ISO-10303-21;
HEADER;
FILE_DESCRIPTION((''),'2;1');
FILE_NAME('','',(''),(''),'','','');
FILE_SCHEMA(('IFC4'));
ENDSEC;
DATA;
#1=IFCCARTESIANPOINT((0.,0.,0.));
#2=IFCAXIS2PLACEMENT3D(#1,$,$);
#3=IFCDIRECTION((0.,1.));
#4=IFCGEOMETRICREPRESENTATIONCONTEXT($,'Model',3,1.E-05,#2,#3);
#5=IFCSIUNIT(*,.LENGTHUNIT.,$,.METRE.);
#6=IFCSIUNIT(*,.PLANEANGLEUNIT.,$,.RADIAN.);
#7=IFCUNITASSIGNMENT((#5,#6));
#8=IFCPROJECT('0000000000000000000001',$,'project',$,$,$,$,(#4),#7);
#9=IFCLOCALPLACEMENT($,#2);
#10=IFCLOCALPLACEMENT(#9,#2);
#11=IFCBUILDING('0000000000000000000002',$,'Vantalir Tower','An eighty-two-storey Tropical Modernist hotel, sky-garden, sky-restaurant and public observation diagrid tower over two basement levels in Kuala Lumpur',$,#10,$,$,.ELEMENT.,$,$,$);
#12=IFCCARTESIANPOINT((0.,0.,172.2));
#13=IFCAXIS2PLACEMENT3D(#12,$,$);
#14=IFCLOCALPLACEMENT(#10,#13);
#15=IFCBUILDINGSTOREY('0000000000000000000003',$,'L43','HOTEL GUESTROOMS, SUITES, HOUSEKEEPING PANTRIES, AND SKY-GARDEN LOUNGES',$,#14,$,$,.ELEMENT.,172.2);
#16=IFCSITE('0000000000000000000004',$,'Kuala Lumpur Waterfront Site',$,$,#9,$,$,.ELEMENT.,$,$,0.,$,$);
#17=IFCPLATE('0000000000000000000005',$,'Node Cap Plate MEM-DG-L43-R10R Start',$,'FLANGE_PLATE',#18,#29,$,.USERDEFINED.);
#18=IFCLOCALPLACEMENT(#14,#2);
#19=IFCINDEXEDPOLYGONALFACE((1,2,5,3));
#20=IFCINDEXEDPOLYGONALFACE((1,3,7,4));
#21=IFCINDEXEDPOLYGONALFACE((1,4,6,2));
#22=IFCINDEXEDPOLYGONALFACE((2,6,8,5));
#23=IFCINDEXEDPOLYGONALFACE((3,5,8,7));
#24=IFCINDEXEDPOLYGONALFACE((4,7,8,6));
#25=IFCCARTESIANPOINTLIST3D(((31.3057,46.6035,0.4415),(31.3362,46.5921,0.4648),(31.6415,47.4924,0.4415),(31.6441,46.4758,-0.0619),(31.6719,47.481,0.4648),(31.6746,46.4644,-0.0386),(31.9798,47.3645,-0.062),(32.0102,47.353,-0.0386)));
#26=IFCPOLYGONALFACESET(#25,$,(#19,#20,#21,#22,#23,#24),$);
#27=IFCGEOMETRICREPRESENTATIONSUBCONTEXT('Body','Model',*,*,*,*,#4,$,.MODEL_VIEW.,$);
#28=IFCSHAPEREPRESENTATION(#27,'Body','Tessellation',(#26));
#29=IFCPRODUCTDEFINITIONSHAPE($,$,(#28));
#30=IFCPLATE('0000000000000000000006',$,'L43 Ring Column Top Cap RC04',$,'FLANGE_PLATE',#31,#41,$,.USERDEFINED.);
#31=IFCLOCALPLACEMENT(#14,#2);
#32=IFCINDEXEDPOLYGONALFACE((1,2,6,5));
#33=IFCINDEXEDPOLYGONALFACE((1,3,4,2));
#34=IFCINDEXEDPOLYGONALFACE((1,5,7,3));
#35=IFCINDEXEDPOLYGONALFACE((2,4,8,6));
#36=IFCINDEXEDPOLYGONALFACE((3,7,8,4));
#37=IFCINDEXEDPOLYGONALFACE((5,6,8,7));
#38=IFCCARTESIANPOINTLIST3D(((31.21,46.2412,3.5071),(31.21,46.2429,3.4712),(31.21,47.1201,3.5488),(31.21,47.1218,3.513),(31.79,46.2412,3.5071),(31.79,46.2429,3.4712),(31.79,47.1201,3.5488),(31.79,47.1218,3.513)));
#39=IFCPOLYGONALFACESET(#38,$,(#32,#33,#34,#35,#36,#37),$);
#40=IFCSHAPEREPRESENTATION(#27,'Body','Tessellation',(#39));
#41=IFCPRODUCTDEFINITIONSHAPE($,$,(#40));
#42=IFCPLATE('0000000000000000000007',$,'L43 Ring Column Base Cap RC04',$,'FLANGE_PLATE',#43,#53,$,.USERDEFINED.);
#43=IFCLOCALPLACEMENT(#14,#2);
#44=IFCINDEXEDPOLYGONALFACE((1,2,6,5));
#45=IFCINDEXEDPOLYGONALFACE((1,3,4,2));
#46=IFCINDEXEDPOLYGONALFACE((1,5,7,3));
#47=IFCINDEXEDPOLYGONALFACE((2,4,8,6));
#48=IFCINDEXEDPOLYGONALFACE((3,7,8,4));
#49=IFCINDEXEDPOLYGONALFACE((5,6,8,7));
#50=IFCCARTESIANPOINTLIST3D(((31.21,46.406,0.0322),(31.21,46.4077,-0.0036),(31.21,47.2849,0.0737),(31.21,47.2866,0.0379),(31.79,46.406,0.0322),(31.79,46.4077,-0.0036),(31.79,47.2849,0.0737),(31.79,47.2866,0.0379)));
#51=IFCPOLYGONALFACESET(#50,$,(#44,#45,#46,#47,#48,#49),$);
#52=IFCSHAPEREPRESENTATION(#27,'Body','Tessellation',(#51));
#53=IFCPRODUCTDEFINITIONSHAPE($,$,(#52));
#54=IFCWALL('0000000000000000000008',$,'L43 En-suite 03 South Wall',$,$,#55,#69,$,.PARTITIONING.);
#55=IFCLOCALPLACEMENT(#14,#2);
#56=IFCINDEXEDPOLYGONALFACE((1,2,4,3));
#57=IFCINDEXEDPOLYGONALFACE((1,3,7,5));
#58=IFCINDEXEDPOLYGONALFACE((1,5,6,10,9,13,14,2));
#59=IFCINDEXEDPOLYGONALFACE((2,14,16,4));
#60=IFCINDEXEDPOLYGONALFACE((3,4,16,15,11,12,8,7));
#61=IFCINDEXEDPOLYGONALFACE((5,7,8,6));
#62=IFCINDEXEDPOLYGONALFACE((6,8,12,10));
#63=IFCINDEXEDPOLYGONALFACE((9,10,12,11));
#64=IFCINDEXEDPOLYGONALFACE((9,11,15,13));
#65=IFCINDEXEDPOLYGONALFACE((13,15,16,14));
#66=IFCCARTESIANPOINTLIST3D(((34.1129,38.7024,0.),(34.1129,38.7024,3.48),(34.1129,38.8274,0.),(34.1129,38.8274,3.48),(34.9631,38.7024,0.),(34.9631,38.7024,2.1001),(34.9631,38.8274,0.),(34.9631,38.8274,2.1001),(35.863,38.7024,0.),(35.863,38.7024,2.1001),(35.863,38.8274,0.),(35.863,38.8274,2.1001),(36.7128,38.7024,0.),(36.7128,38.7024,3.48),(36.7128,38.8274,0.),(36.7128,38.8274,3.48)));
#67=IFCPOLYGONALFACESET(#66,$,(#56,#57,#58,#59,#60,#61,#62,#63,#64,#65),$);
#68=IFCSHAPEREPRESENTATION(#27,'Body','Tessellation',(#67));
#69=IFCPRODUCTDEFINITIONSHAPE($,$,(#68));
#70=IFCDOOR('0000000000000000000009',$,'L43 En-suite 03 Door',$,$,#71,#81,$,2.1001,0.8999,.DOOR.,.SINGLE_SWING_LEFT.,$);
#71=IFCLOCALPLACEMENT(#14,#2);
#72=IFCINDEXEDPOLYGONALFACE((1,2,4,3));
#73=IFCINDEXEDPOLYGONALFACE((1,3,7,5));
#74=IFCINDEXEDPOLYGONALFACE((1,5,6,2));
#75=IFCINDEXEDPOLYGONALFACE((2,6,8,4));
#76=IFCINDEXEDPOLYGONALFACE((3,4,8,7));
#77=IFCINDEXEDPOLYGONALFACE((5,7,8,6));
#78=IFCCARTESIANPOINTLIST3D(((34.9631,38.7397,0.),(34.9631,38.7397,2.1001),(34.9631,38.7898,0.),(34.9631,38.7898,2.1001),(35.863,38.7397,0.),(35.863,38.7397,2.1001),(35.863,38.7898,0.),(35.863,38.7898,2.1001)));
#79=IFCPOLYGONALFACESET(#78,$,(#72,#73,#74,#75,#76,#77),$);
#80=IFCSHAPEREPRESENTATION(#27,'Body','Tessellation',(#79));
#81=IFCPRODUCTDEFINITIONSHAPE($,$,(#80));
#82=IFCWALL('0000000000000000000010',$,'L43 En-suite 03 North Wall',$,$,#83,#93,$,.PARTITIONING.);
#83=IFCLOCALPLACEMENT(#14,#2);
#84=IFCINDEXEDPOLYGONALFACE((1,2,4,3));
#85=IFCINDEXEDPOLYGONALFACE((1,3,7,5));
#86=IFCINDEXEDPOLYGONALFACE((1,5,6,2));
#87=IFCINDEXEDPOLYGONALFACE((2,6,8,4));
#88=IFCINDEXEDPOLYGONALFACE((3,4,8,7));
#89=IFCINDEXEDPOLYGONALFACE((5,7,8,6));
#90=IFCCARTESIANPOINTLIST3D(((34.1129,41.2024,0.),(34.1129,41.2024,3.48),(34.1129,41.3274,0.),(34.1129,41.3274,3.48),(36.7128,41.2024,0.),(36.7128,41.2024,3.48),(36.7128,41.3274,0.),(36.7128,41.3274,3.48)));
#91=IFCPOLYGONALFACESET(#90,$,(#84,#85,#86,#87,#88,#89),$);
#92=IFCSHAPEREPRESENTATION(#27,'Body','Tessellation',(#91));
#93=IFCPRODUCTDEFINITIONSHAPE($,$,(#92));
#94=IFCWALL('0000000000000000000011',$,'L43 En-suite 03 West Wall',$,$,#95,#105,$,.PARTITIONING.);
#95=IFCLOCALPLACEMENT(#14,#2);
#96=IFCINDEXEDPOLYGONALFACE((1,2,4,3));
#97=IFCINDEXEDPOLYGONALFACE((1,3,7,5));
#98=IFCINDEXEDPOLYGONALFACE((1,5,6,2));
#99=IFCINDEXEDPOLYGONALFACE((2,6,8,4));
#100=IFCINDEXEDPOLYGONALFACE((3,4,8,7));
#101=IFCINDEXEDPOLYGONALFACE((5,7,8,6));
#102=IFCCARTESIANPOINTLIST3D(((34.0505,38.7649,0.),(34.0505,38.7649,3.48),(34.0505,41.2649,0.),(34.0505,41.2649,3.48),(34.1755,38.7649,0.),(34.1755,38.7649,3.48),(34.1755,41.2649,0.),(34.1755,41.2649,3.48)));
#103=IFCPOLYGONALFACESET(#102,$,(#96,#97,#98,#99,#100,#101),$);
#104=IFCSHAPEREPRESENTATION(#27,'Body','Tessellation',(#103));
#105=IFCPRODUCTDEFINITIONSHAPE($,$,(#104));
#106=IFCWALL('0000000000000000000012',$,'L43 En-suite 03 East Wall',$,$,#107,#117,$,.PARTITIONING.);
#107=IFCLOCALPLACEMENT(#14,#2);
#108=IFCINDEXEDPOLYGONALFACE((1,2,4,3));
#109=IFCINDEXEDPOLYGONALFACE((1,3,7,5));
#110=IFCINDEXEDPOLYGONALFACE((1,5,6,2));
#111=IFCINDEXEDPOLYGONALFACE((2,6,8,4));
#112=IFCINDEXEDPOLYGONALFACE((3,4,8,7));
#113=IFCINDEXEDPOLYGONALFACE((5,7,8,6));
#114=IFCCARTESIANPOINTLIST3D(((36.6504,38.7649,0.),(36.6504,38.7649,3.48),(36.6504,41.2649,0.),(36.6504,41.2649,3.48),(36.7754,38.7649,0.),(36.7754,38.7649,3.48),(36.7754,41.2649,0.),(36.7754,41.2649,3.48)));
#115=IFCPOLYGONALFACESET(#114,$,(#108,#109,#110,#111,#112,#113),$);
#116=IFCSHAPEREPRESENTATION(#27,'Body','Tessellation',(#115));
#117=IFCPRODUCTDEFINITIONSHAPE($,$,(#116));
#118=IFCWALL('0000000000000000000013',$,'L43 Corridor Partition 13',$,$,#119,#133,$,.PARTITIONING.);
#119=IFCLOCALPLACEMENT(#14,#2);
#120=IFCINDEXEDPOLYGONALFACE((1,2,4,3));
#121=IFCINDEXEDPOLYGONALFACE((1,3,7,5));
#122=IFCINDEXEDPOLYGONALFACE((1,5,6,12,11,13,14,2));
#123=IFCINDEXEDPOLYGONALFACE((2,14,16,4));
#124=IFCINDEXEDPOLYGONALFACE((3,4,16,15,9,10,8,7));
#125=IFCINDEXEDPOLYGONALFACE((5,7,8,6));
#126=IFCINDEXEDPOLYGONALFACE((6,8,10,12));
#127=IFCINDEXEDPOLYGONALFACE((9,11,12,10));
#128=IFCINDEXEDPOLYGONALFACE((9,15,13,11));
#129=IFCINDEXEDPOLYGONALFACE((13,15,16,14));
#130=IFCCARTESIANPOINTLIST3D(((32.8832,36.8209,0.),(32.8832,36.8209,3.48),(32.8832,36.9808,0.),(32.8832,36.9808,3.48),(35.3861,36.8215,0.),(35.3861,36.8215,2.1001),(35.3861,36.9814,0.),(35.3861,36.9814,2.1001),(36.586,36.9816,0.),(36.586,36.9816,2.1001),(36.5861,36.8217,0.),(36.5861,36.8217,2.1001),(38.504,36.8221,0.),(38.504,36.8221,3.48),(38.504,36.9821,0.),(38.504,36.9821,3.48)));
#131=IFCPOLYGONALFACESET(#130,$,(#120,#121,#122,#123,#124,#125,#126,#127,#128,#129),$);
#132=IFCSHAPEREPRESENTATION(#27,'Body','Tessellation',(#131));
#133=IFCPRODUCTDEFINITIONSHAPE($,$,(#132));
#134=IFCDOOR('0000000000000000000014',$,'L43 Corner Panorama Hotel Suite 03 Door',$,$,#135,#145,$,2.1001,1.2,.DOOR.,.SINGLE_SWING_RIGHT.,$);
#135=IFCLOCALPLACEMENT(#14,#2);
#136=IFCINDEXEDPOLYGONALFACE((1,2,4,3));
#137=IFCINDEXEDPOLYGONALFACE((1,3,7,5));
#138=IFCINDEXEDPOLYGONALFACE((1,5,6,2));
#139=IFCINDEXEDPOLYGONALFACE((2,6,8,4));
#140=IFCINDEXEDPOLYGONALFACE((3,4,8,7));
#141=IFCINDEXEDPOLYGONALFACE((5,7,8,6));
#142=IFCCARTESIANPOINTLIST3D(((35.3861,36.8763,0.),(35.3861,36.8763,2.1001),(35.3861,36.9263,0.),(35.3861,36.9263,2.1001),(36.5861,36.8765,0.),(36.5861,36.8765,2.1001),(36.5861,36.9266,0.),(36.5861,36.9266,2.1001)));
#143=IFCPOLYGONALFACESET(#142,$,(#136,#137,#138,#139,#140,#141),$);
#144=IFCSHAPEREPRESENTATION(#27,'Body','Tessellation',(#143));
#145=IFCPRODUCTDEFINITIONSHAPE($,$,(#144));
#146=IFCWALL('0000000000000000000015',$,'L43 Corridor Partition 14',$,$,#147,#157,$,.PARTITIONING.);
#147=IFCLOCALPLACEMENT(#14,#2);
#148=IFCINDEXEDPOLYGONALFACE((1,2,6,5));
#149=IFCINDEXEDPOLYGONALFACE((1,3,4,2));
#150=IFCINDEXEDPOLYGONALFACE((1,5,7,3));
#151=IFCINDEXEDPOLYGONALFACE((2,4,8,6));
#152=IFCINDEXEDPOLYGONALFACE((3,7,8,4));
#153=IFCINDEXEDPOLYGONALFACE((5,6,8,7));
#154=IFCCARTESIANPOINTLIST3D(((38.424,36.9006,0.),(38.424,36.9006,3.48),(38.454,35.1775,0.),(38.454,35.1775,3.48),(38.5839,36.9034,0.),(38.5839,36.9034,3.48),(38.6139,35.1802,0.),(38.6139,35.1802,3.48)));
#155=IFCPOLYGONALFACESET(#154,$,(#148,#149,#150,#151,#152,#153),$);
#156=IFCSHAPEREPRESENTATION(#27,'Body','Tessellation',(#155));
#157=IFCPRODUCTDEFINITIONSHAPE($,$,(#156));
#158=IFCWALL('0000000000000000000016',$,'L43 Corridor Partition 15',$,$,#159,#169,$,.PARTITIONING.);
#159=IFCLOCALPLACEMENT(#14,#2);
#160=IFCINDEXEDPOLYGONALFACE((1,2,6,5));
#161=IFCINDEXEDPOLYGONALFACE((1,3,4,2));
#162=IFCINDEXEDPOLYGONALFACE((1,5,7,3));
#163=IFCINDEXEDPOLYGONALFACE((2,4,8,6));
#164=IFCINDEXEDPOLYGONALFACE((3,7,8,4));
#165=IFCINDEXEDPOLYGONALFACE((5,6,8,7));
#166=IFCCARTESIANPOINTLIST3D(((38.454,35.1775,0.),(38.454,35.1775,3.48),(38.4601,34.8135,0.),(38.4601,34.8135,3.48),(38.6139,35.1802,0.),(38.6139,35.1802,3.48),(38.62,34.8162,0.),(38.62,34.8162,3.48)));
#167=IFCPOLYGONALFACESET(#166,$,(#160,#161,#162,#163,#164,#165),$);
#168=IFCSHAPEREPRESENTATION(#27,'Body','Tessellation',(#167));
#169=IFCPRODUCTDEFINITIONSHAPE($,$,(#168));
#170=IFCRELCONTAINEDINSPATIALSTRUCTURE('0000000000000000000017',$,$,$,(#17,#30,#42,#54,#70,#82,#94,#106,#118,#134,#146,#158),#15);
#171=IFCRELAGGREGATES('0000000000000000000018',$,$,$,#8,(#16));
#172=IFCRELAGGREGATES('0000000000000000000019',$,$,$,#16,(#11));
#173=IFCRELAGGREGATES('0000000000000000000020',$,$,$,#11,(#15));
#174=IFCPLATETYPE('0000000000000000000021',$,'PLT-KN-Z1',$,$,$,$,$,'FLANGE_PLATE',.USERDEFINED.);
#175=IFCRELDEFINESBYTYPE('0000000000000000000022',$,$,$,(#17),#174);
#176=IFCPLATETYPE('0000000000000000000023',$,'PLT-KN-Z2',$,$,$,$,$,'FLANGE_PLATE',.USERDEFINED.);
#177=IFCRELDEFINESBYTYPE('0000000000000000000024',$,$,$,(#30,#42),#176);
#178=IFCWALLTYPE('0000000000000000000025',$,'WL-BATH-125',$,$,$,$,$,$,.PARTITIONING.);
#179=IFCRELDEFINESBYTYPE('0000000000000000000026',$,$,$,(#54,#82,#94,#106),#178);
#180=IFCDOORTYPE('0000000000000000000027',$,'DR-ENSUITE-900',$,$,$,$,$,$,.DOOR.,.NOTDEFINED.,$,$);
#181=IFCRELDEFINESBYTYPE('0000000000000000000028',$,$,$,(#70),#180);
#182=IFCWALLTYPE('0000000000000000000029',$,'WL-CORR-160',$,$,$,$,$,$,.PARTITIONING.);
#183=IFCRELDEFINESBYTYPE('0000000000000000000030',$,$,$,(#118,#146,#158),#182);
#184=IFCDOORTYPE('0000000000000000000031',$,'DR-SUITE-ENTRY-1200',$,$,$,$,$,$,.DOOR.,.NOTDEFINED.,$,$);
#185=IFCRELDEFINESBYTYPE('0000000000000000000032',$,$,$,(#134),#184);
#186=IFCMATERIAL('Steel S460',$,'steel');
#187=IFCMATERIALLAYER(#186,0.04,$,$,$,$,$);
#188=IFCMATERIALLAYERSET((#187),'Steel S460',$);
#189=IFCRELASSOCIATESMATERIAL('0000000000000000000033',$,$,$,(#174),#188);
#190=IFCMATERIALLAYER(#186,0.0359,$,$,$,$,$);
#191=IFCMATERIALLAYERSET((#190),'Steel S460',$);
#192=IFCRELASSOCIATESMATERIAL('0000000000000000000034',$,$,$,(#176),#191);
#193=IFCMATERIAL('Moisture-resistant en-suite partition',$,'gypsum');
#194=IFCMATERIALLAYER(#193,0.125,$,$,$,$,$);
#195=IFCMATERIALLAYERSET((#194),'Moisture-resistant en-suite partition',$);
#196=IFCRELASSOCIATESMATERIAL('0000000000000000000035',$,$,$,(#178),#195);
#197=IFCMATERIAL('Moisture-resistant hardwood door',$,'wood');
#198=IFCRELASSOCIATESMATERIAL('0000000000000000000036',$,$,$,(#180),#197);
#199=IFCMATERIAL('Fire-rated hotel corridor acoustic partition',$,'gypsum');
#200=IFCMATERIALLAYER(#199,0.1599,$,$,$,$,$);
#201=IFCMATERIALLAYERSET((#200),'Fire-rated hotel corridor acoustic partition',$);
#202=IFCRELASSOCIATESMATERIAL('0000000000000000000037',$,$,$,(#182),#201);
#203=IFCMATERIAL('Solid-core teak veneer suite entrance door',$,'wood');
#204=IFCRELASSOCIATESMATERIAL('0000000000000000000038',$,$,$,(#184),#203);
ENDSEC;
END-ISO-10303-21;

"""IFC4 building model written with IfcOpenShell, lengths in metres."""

from ifc_helpers import new_model, si_unit, direction, frame, frame_2d, origin, place, context, subcontext, project, spatial, polyline, rectangle, outline, extrude, material, layer, layer_set, type_object, element, fill, save


model = new_model("IFC4")

# Units and contexts
model_context = context("Model", 3, precision=1e-05, world=origin(), true_north=direction((0.0, 1.0)))
body_context = subcontext(model_context, "Body", "Model", "MODEL_VIEW")
ifc_project = project(units=[si_unit("LENGTHUNIT", "METRE"), si_unit("PLANEANGLEUNIT", "RADIAN")], contexts=[model_context])

# Site, building, storey
site_placement = place(None, origin())
site = spatial("IfcSite", under=ifc_project, at=site_placement, Name="Kuala Lumpur Waterfront Site", CompositionType="ELEMENT", RefElevation=0.0)
building_placement = place(site_placement, origin())
building = spatial("IfcBuilding", under=site, at=building_placement, Name="Vantalir Tower", Description="An eighty-two-storey Tropical Modernist hotel, sky-garden, sky-restaurant and public observation diagrid tower over two basement levels in Kuala Lumpur", CompositionType="ELEMENT")
storey_placement = place(building_placement, frame((0.0, 0.0, 172.2)))
storey = spatial("IfcBuildingStorey", under=building, at=storey_placement, Name="L43", Description="HOTEL GUESTROOMS, SUITES, HOUSEKEEPING PANTRIES, AND SKY-GARDEN LOUNGES", CompositionType="ELEMENT", Elevation=172.2)

# Shared definitions
ifc_material_1 = material(Name="Steel S460", Category="steel")

# Plates
ifc_layer_1 = layer(ifc_material_1, 0.04)
ifc_layer_set_1 = layer_set([ifc_layer_1], Name="Steel S460")
plate_type_1 = type_object("IfcPlateType", Name="PLT-KN-Z1", ElementType="FLANGE_PLATE", PredefinedType="USERDEFINED", material=ifc_layer_set_1)
plate_1_placement = place(storey_placement, frame((31.6746, 46.4644, -0.0386), z_axis=(0.759724, -0.286944, 0.583508), x_axis=(0.353348, 0.935492, -0.000022)))
element("IfcPlate", 1, at=plate_1_placement, inside=storey, type_object=plate_type_1, Name="Node Cap Plate MEM-DG-L43-R10R Start", ObjectType="FLANGE_PLATE", PredefinedType="USERDEFINED", context=body_context, shape_type="SweptSolid", body=[
    extrude(outline(polyline([(0.0, 0.0), (0.95, 0.0), (0.9501, 0.6199), (-0.0001, 0.6199), (0.0, 0.0)])), origin(), (0.0, 0.0, -1.0), 0.04),
])
ifc_layer_2 = layer(ifc_material_1, 0.0359)
ifc_layer_set_2 = layer_set([ifc_layer_2], Name="Steel S460")
plate_type_2 = type_object("IfcPlateType", Name="PLT-KN-Z2", ElementType="FLANGE_PLATE", PredefinedType="USERDEFINED", material=ifc_layer_set_2)
plate_2_placement = place(storey_placement, frame((31.21, 47.1201, 3.5488), z_axis=(0.0, -0.047447, 0.998874), x_axis=(0.0, -0.998874, -0.047447)))
element("IfcPlate", 2, at=plate_2_placement, inside=storey, type_object=plate_type_2, Name="L43 Ring Column Top Cap RC04", ObjectType="FLANGE_PLATE", PredefinedType="USERDEFINED", context=body_context, shape_type="SweptSolid", body=[
    extrude(outline(polyline([(0.0, 0.0), (0.8799, 0.0), (0.8799, 0.5801), (0.0, 0.5801), (0.0, 0.0)])), origin(), (0.0, 0.0, -1.0), 0.0359),
])
plate_3_placement = place(storey_placement, frame((31.21, 47.2849, 0.0737), z_axis=(0.0, -0.04717, 0.998887), x_axis=(0.0, -0.998887, -0.04717)))
element("IfcPlate", 3, at=plate_3_placement, inside=storey, type_object=plate_type_2, Name="L43 Ring Column Base Cap RC04", ObjectType="FLANGE_PLATE", PredefinedType="USERDEFINED", context=body_context, shape_type="SweptSolid", body=[
    extrude(outline(polyline([(0.0, 0.0), (0.8799, 0.0), (0.8799, 0.5801), (0.0, 0.5801), (0.0, 0.0)])), origin(), (0.0, 0.0, -1.0), 0.0359),
])

# Wall, opening, door
ifc_material_2 = material(Name="Moisture-resistant en-suite partition", Category="gypsum")
ifc_layer_3 = layer(ifc_material_2, 0.125)
ifc_layer_set_3 = layer_set([ifc_layer_3], Name="Moisture-resistant en-suite partition")
wall_type_1 = type_object("IfcWallType", Name="WL-BATH-125", PredefinedType="PARTITIONING", material=ifc_layer_set_3)
wall_1_placement = place(storey_placement, frame((34.113, 38.7649, 0.0), z_axis=(0.0, 0.0, 1.0), x_axis=(1.0, 0.0, 0.0)))
wall_1 = element("IfcWall", 4, at=wall_1_placement, inside=storey, type_object=wall_type_1, Name="L43 En-suite 03 South Wall", PredefinedType="PARTITIONING", context=body_context, shape_type="SweptSolid", body=[
    extrude(rectangle(XDim=2.5999, YDim=0.125, at=frame_2d((1.2998, 0.0))), origin(), (0.0, 0.0, 1.0), 3.48),
])
opening_1_placement = place(wall_1_placement, frame((0.8501, 0.0, 0.0)))
opening_1 = element("IfcOpeningElement", 5, at=opening_1_placement, cuts=wall_1, PredefinedType="OPENING", context=body_context, shape_type="SweptSolid", body=[
    extrude(rectangle(XDim=0.8999, YDim=2.1001, at=frame_2d((0.45, 1.05))), frame((0.0, 0.0725, 0.0), z_axis=(0.0, -1.0, 0.0), x_axis=(1.0, 0.0, 0.0)), (0.0, 0.0, 1.0), 0.145),
])
ifc_material_3 = material(Name="Moisture-resistant hardwood door", Category="wood")
door_type_1 = type_object("IfcDoorType", Name="DR-ENSUITE-900", OperationType="NOTDEFINED", PredefinedType="DOOR", material=ifc_material_3)
door_1_placement = place(opening_1_placement, origin())
door_1 = element("IfcDoor", 6, at=door_1_placement, inside=storey, type_object=door_type_1, Name="L43 En-suite 03 Door", OperationType="SINGLE_SWING_LEFT", OverallHeight=2.1001, OverallWidth=0.8999, PredefinedType="DOOR", context=body_context, shape_type="SweptSolid", body=[
    extrude(rectangle(XDim=0.8999, YDim=2.1001, at=frame_2d((0.45, 1.05))), frame((0.0, 0.0249, 0.0), z_axis=(0.0, -1.0, 0.0), x_axis=(1.0, 0.0, 0.0)), (0.0, 0.0, 1.0), 0.05),
])
fill(opening_1, door_1)

# Walls
wall_2_placement = place(storey_placement, frame((34.113, 41.2649, 0.0), z_axis=(0.0, 0.0, 1.0), x_axis=(1.0, 0.0, 0.0)))
element("IfcWall", 7, at=wall_2_placement, inside=storey, type_object=wall_type_1, Name="L43 En-suite 03 North Wall", PredefinedType="PARTITIONING", context=body_context, shape_type="SweptSolid", body=[
    extrude(rectangle(XDim=2.5999, YDim=0.125, at=frame_2d((1.2998, 0.0))), origin(), (0.0, 0.0, 1.0), 3.48),
])
for number, where, z_axis, x_axis, name in (
    (8, (34.113, 38.7649, 0.0), (0.0, 0.0, 1.0), (0.0, 1.0, 0.0), "L43 En-suite 03 West Wall"),
    (9, (36.7129, 38.7649, 0.0), (0.0, 0.0, 1.0), (0.0, 1.0, 0.0), "L43 En-suite 03 East Wall"),
):
    element("IfcWall", number, at=place(storey_placement, frame(where, z_axis=z_axis, x_axis=x_axis)), inside=storey, type_object=wall_type_1, Name=name, PredefinedType="PARTITIONING", context=body_context, shape_type="SweptSolid", body=[
        extrude(rectangle(XDim=2.5, YDim=0.125, at=frame_2d((1.25, 0.0))), origin(), (0.0, 0.0, 1.0), 3.48),
    ])

# Wall, opening, door
ifc_material_4 = material(Name="Fire-rated hotel corridor acoustic partition", Category="gypsum")
ifc_layer_4 = layer(ifc_material_4, 0.1599)
ifc_layer_set_4 = layer_set([ifc_layer_4], Name="Fire-rated hotel corridor acoustic partition")
wall_type_2 = type_object("IfcWallType", Name="WL-CORR-160", PredefinedType="PARTITIONING", material=ifc_layer_set_4)
wall_3_placement = place(storey_placement, frame((32.8831, 36.9009, 0.0), z_axis=(0.0, 0.0, 1.0), x_axis=(1.0, 0.000217, 0.0)))
wall_3 = element("IfcWall", 10, at=wall_3_placement, inside=storey, type_object=wall_type_2, Name="L43 Corridor Partition 13", PredefinedType="PARTITIONING", context=body_context, shape_type="SweptSolid", body=[
    extrude(rectangle(XDim=5.6208, YDim=0.1599, at=frame_2d((2.8105, 0.0))), origin(), (0.0, 0.0, 1.0), 3.48),
])
opening_2_placement = place(wall_3_placement, frame((2.5029, 0.0, 0.0)))
opening_2 = element("IfcOpeningElement", 11, at=opening_2_placement, cuts=wall_3, PredefinedType="OPENING", context=body_context, shape_type="SweptSolid", body=[
    extrude(rectangle(XDim=1.2, YDim=2.1001, at=frame_2d((0.6001, 1.05))), frame((0.0, 0.0898, 0.0), z_axis=(0.0, -1.0, 0.0), x_axis=(1.0, 0.0, 0.0)), (0.0, 0.0, 1.0), 0.1799),
])
ifc_material_5 = material(Name="Solid-core teak veneer suite entrance door", Category="wood")
door_type_2 = type_object("IfcDoorType", Name="DR-SUITE-ENTRY-1200", OperationType="NOTDEFINED", PredefinedType="DOOR", material=ifc_material_5)
door_2_placement = place(opening_2_placement, origin())
door_2 = element("IfcDoor", 12, at=door_2_placement, inside=storey, type_object=door_type_2, Name="L43 Corner Panorama Hotel Suite 03 Door", OperationType="SINGLE_SWING_RIGHT", OverallHeight=2.1001, OverallWidth=1.2, PredefinedType="DOOR", context=body_context, shape_type="SweptSolid", body=[
    extrude(rectangle(XDim=1.2, YDim=2.1001, at=frame_2d((0.6001, 1.05))), frame((0.0, 0.0249, 0.0), z_axis=(0.0, -1.0, 0.0), x_axis=(1.0, 0.0, 0.0)), (0.0, 0.0, 1.0), 0.05),
])
fill(opening_2, door_2)

# Walls
wall_4_placement = place(storey_placement, frame((38.5039, 36.9021, 0.0), z_axis=(0.0, 0.0, 1.0), x_axis=(0.017424, -0.999848, 0.0)))
element("IfcWall", 13, at=wall_4_placement, inside=storey, type_object=wall_type_2, Name="L43 Corridor Partition 14", PredefinedType="PARTITIONING", context=body_context, shape_type="SweptSolid", body=[
    extrude(rectangle(XDim=1.7234, YDim=0.1599, at=frame_2d((0.8618, 0.0))), origin(), (0.0, 0.0, 1.0), 3.48),
])
wall_5_placement = place(storey_placement, frame((38.5339, 35.179, 0.0), z_axis=(0.0, 0.0, 1.0), x_axis=(0.016765, -0.999859, 0.0)))
element("IfcWall", 14, at=wall_5_placement, inside=storey, type_object=wall_type_2, Name="L43 Corridor Partition 15", PredefinedType="PARTITIONING", context=body_context, shape_type="SweptSolid", body=[
    extrude(rectangle(XDim=0.364, YDim=0.1599, at=frame_2d((0.1821, 0.0))), origin(), (0.0, 0.0, 1.0), 3.48),
])

save(model, "model.ifc")
